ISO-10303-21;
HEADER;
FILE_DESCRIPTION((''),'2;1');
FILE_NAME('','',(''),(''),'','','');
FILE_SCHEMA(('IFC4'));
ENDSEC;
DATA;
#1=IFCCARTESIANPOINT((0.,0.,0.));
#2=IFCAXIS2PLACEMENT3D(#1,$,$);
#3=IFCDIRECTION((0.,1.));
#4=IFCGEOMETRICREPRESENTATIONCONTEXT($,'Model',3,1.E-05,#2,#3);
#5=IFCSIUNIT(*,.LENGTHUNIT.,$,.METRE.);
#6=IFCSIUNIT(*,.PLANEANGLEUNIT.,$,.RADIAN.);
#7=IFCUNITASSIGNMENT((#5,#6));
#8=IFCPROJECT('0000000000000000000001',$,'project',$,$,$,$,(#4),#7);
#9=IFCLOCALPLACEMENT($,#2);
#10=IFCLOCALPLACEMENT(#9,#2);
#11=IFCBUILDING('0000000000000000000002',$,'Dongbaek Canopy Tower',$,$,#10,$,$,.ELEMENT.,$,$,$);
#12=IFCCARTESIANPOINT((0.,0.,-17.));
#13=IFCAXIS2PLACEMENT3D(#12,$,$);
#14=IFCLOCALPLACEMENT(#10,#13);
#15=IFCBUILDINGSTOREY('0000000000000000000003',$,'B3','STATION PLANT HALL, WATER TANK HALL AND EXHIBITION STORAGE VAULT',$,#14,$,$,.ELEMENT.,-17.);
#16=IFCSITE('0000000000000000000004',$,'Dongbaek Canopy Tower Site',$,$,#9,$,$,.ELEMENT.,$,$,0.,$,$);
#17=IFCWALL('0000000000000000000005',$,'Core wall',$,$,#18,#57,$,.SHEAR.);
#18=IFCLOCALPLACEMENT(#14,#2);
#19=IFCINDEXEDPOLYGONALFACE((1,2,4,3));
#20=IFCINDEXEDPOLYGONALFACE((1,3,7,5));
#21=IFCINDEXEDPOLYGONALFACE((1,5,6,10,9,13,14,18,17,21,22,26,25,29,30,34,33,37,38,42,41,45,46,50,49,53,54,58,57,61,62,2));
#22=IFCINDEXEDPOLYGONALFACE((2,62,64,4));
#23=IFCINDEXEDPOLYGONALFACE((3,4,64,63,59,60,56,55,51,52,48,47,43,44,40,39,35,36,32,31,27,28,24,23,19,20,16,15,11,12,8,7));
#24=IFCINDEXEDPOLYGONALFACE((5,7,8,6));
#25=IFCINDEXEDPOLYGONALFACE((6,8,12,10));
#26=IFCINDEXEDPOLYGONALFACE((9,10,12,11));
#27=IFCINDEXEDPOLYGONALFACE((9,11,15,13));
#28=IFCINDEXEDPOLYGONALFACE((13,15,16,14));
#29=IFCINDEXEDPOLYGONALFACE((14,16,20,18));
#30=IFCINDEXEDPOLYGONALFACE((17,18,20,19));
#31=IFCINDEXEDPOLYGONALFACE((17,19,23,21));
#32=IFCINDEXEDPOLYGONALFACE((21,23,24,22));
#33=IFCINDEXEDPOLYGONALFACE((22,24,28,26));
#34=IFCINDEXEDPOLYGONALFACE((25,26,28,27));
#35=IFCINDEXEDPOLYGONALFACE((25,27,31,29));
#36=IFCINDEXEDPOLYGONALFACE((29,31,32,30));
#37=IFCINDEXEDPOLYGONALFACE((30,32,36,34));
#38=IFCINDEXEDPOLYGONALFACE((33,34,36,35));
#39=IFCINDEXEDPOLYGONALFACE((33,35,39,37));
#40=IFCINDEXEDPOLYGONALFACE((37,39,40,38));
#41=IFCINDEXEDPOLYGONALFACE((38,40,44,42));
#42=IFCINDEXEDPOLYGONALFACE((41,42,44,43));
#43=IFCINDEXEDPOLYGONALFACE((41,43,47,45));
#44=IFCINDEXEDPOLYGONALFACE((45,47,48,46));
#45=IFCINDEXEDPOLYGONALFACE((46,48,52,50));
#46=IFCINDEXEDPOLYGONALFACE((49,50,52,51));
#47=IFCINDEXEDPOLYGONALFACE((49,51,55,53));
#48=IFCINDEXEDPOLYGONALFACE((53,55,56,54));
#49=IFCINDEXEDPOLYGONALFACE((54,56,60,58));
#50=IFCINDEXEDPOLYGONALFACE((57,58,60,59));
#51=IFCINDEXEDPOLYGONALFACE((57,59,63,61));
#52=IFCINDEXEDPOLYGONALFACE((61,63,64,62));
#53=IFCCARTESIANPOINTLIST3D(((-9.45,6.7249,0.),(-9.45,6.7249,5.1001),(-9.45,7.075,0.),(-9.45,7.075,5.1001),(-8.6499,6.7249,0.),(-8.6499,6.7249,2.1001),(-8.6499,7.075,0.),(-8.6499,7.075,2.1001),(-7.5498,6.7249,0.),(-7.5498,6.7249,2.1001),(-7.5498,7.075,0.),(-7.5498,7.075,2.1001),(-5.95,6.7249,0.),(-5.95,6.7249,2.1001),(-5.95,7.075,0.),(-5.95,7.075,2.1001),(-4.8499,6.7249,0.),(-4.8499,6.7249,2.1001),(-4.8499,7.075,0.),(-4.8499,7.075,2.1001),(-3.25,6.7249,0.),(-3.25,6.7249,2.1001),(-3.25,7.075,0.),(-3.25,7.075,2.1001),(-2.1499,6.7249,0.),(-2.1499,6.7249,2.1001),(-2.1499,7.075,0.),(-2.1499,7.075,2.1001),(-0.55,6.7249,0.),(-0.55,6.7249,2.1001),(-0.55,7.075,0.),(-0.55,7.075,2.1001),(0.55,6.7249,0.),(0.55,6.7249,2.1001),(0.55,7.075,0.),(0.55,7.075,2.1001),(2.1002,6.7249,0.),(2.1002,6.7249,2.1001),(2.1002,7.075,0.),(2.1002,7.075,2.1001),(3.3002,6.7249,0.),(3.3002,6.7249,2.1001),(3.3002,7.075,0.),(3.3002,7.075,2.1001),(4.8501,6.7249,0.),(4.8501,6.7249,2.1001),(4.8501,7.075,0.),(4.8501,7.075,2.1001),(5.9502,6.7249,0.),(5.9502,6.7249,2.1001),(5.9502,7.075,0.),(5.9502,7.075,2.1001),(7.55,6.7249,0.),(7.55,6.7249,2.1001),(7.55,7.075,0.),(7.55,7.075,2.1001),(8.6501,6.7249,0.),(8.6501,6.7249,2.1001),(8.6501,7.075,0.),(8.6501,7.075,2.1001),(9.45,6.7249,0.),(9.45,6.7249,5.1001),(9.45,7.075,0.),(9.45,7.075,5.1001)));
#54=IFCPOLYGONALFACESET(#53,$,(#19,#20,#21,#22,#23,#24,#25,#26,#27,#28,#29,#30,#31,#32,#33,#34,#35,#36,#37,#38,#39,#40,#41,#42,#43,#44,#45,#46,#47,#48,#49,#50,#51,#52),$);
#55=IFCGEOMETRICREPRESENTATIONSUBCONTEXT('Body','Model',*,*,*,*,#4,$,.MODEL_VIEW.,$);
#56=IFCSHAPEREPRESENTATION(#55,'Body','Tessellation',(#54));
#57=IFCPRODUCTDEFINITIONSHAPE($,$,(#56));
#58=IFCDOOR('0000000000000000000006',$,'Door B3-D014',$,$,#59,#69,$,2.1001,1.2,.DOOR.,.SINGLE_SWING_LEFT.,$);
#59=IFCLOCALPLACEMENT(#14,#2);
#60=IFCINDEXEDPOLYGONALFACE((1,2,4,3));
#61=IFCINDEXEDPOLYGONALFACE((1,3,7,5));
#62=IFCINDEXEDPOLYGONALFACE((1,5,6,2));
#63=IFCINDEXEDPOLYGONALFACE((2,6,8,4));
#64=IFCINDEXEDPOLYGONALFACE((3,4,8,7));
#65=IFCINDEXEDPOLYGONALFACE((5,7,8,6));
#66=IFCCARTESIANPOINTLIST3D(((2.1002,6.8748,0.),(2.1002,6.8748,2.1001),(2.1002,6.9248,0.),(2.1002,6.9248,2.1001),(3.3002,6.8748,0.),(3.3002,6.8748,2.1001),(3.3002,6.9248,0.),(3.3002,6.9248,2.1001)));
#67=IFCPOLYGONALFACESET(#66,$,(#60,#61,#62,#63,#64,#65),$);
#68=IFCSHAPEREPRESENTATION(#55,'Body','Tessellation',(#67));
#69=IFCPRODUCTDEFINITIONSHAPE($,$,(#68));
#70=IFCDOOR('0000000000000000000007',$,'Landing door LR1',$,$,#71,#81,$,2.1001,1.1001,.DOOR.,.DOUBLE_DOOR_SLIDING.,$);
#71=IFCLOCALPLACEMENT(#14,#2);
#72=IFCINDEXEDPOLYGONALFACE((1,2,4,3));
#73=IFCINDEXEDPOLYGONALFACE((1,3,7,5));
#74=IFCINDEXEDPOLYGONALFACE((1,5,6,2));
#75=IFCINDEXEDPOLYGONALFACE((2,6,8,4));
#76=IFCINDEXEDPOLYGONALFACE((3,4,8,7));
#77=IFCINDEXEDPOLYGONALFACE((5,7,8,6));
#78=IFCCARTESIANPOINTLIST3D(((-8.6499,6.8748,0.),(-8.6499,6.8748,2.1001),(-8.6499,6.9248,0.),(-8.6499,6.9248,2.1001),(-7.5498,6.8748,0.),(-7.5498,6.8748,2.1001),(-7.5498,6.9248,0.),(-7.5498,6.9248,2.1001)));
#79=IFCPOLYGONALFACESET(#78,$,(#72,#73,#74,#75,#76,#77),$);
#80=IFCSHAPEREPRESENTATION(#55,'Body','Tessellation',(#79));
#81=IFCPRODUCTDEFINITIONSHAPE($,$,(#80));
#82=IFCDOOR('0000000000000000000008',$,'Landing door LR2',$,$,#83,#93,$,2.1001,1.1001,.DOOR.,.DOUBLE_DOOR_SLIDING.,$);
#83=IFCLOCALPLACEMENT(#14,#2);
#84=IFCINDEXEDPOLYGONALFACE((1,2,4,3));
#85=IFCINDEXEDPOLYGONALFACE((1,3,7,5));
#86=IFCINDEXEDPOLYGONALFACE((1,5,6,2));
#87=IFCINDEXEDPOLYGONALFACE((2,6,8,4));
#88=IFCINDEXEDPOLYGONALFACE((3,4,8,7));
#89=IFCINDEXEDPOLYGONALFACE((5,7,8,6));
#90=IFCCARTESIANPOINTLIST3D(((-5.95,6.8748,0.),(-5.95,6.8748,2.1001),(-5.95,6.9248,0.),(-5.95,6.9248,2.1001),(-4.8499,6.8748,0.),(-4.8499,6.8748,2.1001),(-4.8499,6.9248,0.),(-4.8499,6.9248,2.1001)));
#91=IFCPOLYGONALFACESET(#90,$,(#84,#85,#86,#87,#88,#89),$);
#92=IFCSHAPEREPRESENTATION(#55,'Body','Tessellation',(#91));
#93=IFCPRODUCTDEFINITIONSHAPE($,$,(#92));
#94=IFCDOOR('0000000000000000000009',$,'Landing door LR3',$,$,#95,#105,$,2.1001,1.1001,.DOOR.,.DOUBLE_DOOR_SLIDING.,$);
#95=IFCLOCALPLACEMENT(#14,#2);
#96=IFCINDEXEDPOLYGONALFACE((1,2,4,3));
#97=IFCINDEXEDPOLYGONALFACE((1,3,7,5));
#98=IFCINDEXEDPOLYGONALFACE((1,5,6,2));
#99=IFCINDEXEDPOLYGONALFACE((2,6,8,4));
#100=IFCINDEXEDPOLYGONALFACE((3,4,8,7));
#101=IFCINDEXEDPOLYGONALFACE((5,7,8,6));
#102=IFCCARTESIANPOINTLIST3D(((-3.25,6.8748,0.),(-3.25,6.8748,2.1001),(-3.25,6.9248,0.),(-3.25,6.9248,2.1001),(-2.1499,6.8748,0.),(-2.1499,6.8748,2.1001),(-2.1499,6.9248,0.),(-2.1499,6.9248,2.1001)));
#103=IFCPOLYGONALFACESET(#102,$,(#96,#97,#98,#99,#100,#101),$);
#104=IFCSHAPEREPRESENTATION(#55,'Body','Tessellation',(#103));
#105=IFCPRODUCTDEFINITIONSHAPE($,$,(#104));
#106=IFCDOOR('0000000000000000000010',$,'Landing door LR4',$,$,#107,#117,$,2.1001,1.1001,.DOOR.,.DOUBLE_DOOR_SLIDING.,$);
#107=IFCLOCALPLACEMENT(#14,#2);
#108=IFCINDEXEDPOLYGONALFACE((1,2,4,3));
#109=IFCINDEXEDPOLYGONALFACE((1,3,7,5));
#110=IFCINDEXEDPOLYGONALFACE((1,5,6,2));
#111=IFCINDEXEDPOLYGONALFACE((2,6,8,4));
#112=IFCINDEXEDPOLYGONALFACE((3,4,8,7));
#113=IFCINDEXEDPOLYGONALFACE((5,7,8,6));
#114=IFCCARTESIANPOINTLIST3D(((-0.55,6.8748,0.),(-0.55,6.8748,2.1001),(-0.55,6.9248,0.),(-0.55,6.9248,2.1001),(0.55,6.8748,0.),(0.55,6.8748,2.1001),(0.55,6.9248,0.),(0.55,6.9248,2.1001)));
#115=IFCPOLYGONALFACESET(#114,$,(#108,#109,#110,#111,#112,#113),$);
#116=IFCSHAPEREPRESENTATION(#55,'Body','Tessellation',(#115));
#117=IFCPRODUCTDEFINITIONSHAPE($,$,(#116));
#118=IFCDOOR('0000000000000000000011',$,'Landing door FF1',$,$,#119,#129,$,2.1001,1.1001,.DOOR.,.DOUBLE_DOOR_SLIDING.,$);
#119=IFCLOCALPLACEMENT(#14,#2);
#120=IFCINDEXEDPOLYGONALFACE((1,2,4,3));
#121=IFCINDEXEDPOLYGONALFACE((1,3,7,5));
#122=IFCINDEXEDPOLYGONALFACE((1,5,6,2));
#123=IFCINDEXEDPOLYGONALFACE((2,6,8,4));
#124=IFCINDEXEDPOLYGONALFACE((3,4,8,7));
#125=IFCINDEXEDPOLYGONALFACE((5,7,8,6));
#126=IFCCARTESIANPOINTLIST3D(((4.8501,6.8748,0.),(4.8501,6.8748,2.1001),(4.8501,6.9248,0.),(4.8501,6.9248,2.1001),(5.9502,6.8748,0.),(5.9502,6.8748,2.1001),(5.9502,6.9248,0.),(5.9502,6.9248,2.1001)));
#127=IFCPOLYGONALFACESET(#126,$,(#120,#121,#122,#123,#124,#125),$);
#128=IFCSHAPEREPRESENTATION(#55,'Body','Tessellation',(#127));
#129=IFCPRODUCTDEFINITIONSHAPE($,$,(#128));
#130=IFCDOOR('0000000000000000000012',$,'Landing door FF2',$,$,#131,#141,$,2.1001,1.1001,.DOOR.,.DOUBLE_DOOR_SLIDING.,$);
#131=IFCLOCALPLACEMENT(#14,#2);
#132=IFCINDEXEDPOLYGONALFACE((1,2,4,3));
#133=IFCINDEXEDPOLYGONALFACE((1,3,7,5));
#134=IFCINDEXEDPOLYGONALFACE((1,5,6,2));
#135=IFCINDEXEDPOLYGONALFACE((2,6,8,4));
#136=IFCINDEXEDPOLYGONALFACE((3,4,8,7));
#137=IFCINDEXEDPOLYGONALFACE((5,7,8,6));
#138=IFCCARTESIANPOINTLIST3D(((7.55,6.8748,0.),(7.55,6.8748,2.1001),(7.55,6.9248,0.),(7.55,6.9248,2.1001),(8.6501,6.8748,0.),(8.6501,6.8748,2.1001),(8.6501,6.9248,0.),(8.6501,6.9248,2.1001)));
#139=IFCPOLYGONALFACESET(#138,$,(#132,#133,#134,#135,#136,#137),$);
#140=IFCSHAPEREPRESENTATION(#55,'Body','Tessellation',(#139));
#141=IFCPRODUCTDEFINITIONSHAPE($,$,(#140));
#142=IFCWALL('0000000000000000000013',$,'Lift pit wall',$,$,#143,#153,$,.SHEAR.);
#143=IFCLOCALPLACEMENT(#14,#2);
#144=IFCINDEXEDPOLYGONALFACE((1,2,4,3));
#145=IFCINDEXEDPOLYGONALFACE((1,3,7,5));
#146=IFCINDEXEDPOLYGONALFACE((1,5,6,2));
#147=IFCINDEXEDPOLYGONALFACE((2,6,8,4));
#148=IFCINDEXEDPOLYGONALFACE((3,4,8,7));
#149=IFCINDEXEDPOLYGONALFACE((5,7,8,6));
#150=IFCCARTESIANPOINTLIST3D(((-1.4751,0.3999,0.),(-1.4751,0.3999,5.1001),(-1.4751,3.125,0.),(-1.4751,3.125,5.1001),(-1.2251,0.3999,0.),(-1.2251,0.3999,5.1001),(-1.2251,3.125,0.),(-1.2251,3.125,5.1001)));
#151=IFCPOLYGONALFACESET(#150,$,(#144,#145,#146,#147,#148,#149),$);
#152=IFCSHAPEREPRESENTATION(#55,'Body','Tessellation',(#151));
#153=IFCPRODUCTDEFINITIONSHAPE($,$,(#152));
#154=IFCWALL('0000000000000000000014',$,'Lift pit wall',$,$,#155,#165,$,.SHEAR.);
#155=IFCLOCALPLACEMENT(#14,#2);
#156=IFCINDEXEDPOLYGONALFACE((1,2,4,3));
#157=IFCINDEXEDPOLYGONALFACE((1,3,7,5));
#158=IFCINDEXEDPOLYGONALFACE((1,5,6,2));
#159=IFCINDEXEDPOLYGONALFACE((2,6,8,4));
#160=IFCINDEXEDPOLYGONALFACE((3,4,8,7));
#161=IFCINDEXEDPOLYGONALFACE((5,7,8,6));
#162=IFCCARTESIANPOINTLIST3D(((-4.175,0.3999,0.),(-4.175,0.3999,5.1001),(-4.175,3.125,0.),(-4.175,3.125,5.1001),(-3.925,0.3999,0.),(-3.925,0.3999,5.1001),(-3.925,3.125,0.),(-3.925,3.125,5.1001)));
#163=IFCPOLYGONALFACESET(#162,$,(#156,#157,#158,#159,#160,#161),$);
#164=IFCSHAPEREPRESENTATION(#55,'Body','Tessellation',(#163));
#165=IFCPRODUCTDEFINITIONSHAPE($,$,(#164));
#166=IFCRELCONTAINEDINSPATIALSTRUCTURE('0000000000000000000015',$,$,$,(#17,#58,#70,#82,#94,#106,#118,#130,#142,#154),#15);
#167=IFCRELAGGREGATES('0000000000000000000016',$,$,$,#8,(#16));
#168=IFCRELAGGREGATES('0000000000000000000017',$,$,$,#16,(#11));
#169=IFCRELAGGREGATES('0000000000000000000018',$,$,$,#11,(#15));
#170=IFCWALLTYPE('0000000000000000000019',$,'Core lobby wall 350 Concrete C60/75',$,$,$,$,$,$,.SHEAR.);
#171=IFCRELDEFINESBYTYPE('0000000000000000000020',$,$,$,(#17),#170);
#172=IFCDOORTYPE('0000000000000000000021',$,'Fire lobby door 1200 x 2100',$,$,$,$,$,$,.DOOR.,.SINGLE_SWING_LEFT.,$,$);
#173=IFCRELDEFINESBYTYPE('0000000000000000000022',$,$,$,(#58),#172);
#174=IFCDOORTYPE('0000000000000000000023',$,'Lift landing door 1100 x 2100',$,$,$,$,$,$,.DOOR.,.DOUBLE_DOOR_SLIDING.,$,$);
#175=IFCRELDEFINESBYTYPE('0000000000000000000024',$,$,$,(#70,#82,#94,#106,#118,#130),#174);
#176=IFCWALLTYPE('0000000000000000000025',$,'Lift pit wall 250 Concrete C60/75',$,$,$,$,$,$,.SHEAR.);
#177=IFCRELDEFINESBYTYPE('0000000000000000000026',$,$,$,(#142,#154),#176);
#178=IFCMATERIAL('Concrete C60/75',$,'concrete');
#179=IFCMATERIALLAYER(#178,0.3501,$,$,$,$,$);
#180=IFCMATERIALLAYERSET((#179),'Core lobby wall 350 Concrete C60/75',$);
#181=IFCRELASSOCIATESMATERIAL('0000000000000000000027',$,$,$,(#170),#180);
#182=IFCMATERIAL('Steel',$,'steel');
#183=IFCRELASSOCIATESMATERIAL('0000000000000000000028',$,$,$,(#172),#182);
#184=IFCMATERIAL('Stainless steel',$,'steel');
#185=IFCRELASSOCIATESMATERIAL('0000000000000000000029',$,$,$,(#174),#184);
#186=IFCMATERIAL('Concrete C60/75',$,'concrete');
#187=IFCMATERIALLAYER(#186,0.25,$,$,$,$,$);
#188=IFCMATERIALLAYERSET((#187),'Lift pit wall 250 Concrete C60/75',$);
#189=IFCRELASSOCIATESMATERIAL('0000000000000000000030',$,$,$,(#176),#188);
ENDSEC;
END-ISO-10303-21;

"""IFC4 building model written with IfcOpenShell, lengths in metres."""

from ifc_helpers import new_model, si_unit, direction, frame, frame_2d, origin, place, context, subcontext, project, spatial, rectangle, extrude, material, layer, layer_set, type_object, element, fill, save


model = new_model("IFC4")

# Units and contexts
model_context = context("Model", 3, precision=1e-05, world=origin(), true_north=direction((0.0, 1.0)))
body_context = subcontext(model_context, "Body", "Model", "MODEL_VIEW")
ifc_project = project(units=[si_unit("LENGTHUNIT", "METRE"), si_unit("PLANEANGLEUNIT", "RADIAN")], contexts=[model_context])

# Site, building, storey
site_placement = place(None, origin())
site = spatial("IfcSite", under=ifc_project, at=site_placement, Name="Dongbaek Canopy Tower Site", CompositionType="ELEMENT", RefElevation=0.0)
building_placement = place(site_placement, origin())
building = spatial("IfcBuilding", under=site, at=building_placement, Name="Dongbaek Canopy Tower", CompositionType="ELEMENT")
storey_placement = place(building_placement, frame((0.0, 0.0, -17.0)))
storey = spatial("IfcBuildingStorey", under=building, at=storey_placement, Name="B3", Description="STATION PLANT HALL, WATER TANK HALL AND EXHIBITION STORAGE VAULT", CompositionType="ELEMENT", Elevation=-17.0)

# Wall, openings, doors
ifc_material_1 = material(Name="Concrete C60/75", Category="concrete")
ifc_layer_1 = layer(ifc_material_1, 0.3501)
ifc_layer_set_1 = layer_set([ifc_layer_1], Name="Core lobby wall 350 Concrete C60/75")
wall_type_1 = type_object("IfcWallType", Name="Core lobby wall 350 Concrete C60/75", PredefinedType="SHEAR", material=ifc_layer_set_1)
wall_1_placement = place(storey_placement, frame((-9.45, 6.8999, 0.0), z_axis=(0.0, 0.0, 1.0), x_axis=(1.0, 0.0, 0.0)))
wall_1 = element("IfcWall", 1, at=wall_1_placement, inside=storey, type_object=wall_type_1, Name="Core wall", PredefinedType="SHEAR", context=body_context, shape_type="SweptSolid", body=[
    extrude(rectangle(XDim=18.8999, YDim=0.3501, at=frame_2d((9.45, 0.0))), origin(), (0.0, 0.0, 1.0), 5.1001),
])
opening_1_placement = place(wall_1_placement, frame((0.8, 0.0, 0.0)))
opening_1 = element("IfcOpeningElement", 2, at=opening_1_placement, cuts=wall_1, PredefinedType="OPENING", context=body_context, shape_type="SweptSolid", body=[
    extrude(rectangle(XDim=1.1001, YDim=2.1001, at=frame_2d((0.55, 1.05))), frame((0.0, 0.1851, 0.0), z_axis=(0.0, -1.0, 0.0), x_axis=(1.0, 0.0, 0.0)), (0.0, 0.0, 1.0), 0.3701),
])
opening_2_placement = place(wall_1_placement, frame((3.5, 0.0, 0.0)))
opening_2 = element("IfcOpeningElement", 3, at=opening_2_placement, cuts=wall_1, PredefinedType="OPENING", context=body_context, shape_type="SweptSolid", body=[
    extrude(rectangle(XDim=1.1001, YDim=2.1001, at=frame_2d((0.55, 1.05))), frame((0.0, 0.1851, 0.0), z_axis=(0.0, -1.0, 0.0), x_axis=(1.0, 0.0, 0.0)), (0.0, 0.0, 1.0), 0.3701),
])
opening_3_placement = place(wall_1_placement, frame((6.2, 0.0, 0.0)))
opening_3 = element("IfcOpeningElement", 4, at=opening_3_placement, cuts=wall_1, PredefinedType="OPENING", context=body_context, shape_type="SweptSolid", body=[
    extrude(rectangle(XDim=1.1001, YDim=2.1001, at=frame_2d((0.55, 1.05))), frame((0.0, 0.1851, 0.0), z_axis=(0.0, -1.0, 0.0), x_axis=(1.0, 0.0, 0.0)), (0.0, 0.0, 1.0), 0.3701),
])
opening_4_placement = place(wall_1_placement, frame((8.8999, 0.0, 0.0)))
opening_4 = element("IfcOpeningElement", 5, at=opening_4_placement, cuts=wall_1, PredefinedType="OPENING", context=body_context, shape_type="SweptSolid", body=[
    extrude(rectangle(XDim=1.1001, YDim=2.1001, at=frame_2d((0.55, 1.05))), frame((0.0, 0.1851, 0.0), z_axis=(0.0, -1.0, 0.0), x_axis=(1.0, 0.0, 0.0)), (0.0, 0.0, 1.0), 0.3701),
])
opening_5_placement = place(wall_1_placement, frame((11.55, 0.0, 0.0)))
opening_5 = element("IfcOpeningElement", 6, at=opening_5_placement, cuts=wall_1, PredefinedType="OPENING", context=body_context, shape_type="SweptSolid", body=[
    extrude(rectangle(XDim=1.2, YDim=2.1001, at=frame_2d((0.6001, 1.05))), frame((0.0, 0.1851, 0.0), z_axis=(0.0, -1.0, 0.0), x_axis=(1.0, 0.0, 0.0)), (0.0, 0.0, 1.0), 0.3701),
])
opening_6_placement = place(wall_1_placement, frame((14.3, 0.0, 0.0)))
opening_6 = element("IfcOpeningElement", 7, at=opening_6_placement, cuts=wall_1, PredefinedType="OPENING", context=body_context, shape_type="SweptSolid", body=[
    extrude(rectangle(XDim=1.1001, YDim=2.1001, at=frame_2d((0.55, 1.05))), frame((0.0, 0.1851, 0.0), z_axis=(0.0, -1.0, 0.0), x_axis=(1.0, 0.0, 0.0)), (0.0, 0.0, 1.0), 0.3701),
])
opening_7_placement = place(wall_1_placement, frame((17.0, 0.0, 0.0)))
opening_7 = element("IfcOpeningElement", 8, at=opening_7_placement, cuts=wall_1, PredefinedType="OPENING", context=body_context, shape_type="SweptSolid", body=[
    extrude(rectangle(XDim=1.1001, YDim=2.1001, at=frame_2d((0.55, 1.05))), frame((0.0, 0.1851, 0.0), z_axis=(0.0, -1.0, 0.0), x_axis=(1.0, 0.0, 0.0)), (0.0, 0.0, 1.0), 0.3701),
])
ifc_material_2 = material(Name="Steel", Category="steel")
door_type_1 = type_object("IfcDoorType", Name="Fire lobby door 1200 x 2100", OperationType="SINGLE_SWING_LEFT", PredefinedType="DOOR", material=ifc_material_2)
door_1_placement = place(opening_5_placement, origin())
door_1 = element("IfcDoor", 9, at=door_1_placement, inside=storey, type_object=door_type_1, Name="Door B3-D014", OperationType="SINGLE_SWING_LEFT", OverallHeight=2.1001, OverallWidth=1.2, PredefinedType="DOOR", context=body_context, shape_type="SweptSolid", body=[
    extrude(rectangle(XDim=1.2, YDim=2.1001, at=frame_2d((0.6001, 1.05))), frame((0.0, 0.0249, 0.0), z_axis=(0.0, -1.0, 0.0), x_axis=(1.0, 0.0, 0.0)), (0.0, 0.0, 1.0), 0.05),
])
fill(opening_5, door_1)
ifc_material_3 = material(Name="Stainless steel", Category="steel")
door_type_2 = type_object("IfcDoorType", Name="Lift landing door 1100 x 2100", OperationType="DOUBLE_DOOR_SLIDING", PredefinedType="DOOR", material=ifc_material_3)
door_2_placement = place(opening_1_placement, origin())
door_2 = element("IfcDoor", 10, at=door_2_placement, inside=storey, type_object=door_type_2, Name="Landing door LR1", OperationType="DOUBLE_DOOR_SLIDING", OverallHeight=2.1001, OverallWidth=1.1001, PredefinedType="DOOR", context=body_context, shape_type="SweptSolid", body=[
    extrude(rectangle(XDim=1.1001, YDim=2.1001, at=frame_2d((0.55, 1.05))), frame((0.0, 0.0249, 0.0), z_axis=(0.0, -1.0, 0.0), x_axis=(1.0, 0.0, 0.0)), (0.0, 0.0, 1.0), 0.05),
])
fill(opening_1, door_2)
door_3_placement = place(opening_2_placement, origin())
door_3 = element("IfcDoor", 11, at=door_3_placement, inside=storey, type_object=door_type_2, Name="Landing door LR2", OperationType="DOUBLE_DOOR_SLIDING", OverallHeight=2.1001, OverallWidth=1.1001, PredefinedType="DOOR", context=body_context, shape_type="SweptSolid", body=[
    extrude(rectangle(XDim=1.1001, YDim=2.1001, at=frame_2d((0.55, 1.05))), frame((0.0, 0.0249, 0.0), z_axis=(0.0, -1.0, 0.0), x_axis=(1.0, 0.0, 0.0)), (0.0, 0.0, 1.0), 0.05),
])
fill(opening_2, door_3)
door_4_placement = place(opening_3_placement, origin())
door_4 = element("IfcDoor", 12, at=door_4_placement, inside=storey, type_object=door_type_2, Name="Landing door LR3", OperationType="DOUBLE_DOOR_SLIDING", OverallHeight=2.1001, OverallWidth=1.1001, PredefinedType="DOOR", context=body_context, shape_type="SweptSolid", body=[
    extrude(rectangle(XDim=1.1001, YDim=2.1001, at=frame_2d((0.55, 1.05))), frame((0.0, 0.0249, 0.0), z_axis=(0.0, -1.0, 0.0), x_axis=(1.0, 0.0, 0.0)), (0.0, 0.0, 1.0), 0.05),
])
fill(opening_3, door_4)
door_5_placement = place(opening_4_placement, origin())
door_5 = element("IfcDoor", 13, at=door_5_placement, inside=storey, type_object=door_type_2, Name="Landing door LR4", OperationType="DOUBLE_DOOR_SLIDING", OverallHeight=2.1001, OverallWidth=1.1001, PredefinedType="DOOR", context=body_context, shape_type="SweptSolid", body=[
    extrude(rectangle(XDim=1.1001, YDim=2.1001, at=frame_2d((0.55, 1.05))), frame((0.0, 0.0249, 0.0), z_axis=(0.0, -1.0, 0.0), x_axis=(1.0, 0.0, 0.0)), (0.0, 0.0, 1.0), 0.05),
])
fill(opening_4, door_5)
door_6_placement = place(opening_6_placement, origin())
door_6 = element("IfcDoor", 14, at=door_6_placement, inside=storey, type_object=door_type_2, Name="Landing door FF1", OperationType="DOUBLE_DOOR_SLIDING", OverallHeight=2.1001, OverallWidth=1.1001, PredefinedType="DOOR", context=body_context, shape_type="SweptSolid", body=[
    extrude(rectangle(XDim=1.1001, YDim=2.1001, at=frame_2d((0.55, 1.05))), frame((0.0, 0.0249, 0.0), z_axis=(0.0, -1.0, 0.0), x_axis=(1.0, 0.0, 0.0)), (0.0, 0.0, 1.0), 0.05),
])
fill(opening_6, door_6)
door_7_placement = place(opening_7_placement, origin())
door_7 = element("IfcDoor", 15, at=door_7_placement, inside=storey, type_object=door_type_2, Name="Landing door FF2", OperationType="DOUBLE_DOOR_SLIDING", OverallHeight=2.1001, OverallWidth=1.1001, PredefinedType="DOOR", context=body_context, shape_type="SweptSolid", body=[
    extrude(rectangle(XDim=1.1001, YDim=2.1001, at=frame_2d((0.55, 1.05))), frame((0.0, 0.0249, 0.0), z_axis=(0.0, -1.0, 0.0), x_axis=(1.0, 0.0, 0.0)), (0.0, 0.0, 1.0), 0.05),
])
fill(opening_7, door_7)

# Walls
ifc_material_4 = material(Name="Concrete C60/75", Category="concrete")
ifc_layer_2 = layer(ifc_material_4, 0.25)
ifc_layer_set_2 = layer_set([ifc_layer_2], Name="Lift pit wall 250 Concrete C60/75")
wall_type_2 = type_object("IfcWallType", Name="Lift pit wall 250 Concrete C60/75", PredefinedType="SHEAR", material=ifc_layer_set_2)
for number, where, z_axis, x_axis, name in (
    (16, (-1.3501, 0.3999, 0.0), (0.0, 0.0, 1.0), (0.0, 1.0, 0.0), "Lift pit wall"),
    (17, (-4.05, 0.3999, 0.0), (0.0, 0.0, 1.0), (0.0, 1.0, 0.0), "Lift pit wall"),
):
    element("IfcWall", number, at=place(storey_placement, frame(where, z_axis=z_axis, x_axis=x_axis)), inside=storey, type_object=wall_type_2, Name=name, PredefinedType="SHEAR", context=body_context, shape_type="SweptSolid", body=[
        extrude(rectangle(XDim=2.7251, YDim=0.25, at=frame_2d((1.3625, 0.0))), origin(), (0.0, 0.0, 1.0), 5.1001),
    ])

save(model, "model.ifc")
